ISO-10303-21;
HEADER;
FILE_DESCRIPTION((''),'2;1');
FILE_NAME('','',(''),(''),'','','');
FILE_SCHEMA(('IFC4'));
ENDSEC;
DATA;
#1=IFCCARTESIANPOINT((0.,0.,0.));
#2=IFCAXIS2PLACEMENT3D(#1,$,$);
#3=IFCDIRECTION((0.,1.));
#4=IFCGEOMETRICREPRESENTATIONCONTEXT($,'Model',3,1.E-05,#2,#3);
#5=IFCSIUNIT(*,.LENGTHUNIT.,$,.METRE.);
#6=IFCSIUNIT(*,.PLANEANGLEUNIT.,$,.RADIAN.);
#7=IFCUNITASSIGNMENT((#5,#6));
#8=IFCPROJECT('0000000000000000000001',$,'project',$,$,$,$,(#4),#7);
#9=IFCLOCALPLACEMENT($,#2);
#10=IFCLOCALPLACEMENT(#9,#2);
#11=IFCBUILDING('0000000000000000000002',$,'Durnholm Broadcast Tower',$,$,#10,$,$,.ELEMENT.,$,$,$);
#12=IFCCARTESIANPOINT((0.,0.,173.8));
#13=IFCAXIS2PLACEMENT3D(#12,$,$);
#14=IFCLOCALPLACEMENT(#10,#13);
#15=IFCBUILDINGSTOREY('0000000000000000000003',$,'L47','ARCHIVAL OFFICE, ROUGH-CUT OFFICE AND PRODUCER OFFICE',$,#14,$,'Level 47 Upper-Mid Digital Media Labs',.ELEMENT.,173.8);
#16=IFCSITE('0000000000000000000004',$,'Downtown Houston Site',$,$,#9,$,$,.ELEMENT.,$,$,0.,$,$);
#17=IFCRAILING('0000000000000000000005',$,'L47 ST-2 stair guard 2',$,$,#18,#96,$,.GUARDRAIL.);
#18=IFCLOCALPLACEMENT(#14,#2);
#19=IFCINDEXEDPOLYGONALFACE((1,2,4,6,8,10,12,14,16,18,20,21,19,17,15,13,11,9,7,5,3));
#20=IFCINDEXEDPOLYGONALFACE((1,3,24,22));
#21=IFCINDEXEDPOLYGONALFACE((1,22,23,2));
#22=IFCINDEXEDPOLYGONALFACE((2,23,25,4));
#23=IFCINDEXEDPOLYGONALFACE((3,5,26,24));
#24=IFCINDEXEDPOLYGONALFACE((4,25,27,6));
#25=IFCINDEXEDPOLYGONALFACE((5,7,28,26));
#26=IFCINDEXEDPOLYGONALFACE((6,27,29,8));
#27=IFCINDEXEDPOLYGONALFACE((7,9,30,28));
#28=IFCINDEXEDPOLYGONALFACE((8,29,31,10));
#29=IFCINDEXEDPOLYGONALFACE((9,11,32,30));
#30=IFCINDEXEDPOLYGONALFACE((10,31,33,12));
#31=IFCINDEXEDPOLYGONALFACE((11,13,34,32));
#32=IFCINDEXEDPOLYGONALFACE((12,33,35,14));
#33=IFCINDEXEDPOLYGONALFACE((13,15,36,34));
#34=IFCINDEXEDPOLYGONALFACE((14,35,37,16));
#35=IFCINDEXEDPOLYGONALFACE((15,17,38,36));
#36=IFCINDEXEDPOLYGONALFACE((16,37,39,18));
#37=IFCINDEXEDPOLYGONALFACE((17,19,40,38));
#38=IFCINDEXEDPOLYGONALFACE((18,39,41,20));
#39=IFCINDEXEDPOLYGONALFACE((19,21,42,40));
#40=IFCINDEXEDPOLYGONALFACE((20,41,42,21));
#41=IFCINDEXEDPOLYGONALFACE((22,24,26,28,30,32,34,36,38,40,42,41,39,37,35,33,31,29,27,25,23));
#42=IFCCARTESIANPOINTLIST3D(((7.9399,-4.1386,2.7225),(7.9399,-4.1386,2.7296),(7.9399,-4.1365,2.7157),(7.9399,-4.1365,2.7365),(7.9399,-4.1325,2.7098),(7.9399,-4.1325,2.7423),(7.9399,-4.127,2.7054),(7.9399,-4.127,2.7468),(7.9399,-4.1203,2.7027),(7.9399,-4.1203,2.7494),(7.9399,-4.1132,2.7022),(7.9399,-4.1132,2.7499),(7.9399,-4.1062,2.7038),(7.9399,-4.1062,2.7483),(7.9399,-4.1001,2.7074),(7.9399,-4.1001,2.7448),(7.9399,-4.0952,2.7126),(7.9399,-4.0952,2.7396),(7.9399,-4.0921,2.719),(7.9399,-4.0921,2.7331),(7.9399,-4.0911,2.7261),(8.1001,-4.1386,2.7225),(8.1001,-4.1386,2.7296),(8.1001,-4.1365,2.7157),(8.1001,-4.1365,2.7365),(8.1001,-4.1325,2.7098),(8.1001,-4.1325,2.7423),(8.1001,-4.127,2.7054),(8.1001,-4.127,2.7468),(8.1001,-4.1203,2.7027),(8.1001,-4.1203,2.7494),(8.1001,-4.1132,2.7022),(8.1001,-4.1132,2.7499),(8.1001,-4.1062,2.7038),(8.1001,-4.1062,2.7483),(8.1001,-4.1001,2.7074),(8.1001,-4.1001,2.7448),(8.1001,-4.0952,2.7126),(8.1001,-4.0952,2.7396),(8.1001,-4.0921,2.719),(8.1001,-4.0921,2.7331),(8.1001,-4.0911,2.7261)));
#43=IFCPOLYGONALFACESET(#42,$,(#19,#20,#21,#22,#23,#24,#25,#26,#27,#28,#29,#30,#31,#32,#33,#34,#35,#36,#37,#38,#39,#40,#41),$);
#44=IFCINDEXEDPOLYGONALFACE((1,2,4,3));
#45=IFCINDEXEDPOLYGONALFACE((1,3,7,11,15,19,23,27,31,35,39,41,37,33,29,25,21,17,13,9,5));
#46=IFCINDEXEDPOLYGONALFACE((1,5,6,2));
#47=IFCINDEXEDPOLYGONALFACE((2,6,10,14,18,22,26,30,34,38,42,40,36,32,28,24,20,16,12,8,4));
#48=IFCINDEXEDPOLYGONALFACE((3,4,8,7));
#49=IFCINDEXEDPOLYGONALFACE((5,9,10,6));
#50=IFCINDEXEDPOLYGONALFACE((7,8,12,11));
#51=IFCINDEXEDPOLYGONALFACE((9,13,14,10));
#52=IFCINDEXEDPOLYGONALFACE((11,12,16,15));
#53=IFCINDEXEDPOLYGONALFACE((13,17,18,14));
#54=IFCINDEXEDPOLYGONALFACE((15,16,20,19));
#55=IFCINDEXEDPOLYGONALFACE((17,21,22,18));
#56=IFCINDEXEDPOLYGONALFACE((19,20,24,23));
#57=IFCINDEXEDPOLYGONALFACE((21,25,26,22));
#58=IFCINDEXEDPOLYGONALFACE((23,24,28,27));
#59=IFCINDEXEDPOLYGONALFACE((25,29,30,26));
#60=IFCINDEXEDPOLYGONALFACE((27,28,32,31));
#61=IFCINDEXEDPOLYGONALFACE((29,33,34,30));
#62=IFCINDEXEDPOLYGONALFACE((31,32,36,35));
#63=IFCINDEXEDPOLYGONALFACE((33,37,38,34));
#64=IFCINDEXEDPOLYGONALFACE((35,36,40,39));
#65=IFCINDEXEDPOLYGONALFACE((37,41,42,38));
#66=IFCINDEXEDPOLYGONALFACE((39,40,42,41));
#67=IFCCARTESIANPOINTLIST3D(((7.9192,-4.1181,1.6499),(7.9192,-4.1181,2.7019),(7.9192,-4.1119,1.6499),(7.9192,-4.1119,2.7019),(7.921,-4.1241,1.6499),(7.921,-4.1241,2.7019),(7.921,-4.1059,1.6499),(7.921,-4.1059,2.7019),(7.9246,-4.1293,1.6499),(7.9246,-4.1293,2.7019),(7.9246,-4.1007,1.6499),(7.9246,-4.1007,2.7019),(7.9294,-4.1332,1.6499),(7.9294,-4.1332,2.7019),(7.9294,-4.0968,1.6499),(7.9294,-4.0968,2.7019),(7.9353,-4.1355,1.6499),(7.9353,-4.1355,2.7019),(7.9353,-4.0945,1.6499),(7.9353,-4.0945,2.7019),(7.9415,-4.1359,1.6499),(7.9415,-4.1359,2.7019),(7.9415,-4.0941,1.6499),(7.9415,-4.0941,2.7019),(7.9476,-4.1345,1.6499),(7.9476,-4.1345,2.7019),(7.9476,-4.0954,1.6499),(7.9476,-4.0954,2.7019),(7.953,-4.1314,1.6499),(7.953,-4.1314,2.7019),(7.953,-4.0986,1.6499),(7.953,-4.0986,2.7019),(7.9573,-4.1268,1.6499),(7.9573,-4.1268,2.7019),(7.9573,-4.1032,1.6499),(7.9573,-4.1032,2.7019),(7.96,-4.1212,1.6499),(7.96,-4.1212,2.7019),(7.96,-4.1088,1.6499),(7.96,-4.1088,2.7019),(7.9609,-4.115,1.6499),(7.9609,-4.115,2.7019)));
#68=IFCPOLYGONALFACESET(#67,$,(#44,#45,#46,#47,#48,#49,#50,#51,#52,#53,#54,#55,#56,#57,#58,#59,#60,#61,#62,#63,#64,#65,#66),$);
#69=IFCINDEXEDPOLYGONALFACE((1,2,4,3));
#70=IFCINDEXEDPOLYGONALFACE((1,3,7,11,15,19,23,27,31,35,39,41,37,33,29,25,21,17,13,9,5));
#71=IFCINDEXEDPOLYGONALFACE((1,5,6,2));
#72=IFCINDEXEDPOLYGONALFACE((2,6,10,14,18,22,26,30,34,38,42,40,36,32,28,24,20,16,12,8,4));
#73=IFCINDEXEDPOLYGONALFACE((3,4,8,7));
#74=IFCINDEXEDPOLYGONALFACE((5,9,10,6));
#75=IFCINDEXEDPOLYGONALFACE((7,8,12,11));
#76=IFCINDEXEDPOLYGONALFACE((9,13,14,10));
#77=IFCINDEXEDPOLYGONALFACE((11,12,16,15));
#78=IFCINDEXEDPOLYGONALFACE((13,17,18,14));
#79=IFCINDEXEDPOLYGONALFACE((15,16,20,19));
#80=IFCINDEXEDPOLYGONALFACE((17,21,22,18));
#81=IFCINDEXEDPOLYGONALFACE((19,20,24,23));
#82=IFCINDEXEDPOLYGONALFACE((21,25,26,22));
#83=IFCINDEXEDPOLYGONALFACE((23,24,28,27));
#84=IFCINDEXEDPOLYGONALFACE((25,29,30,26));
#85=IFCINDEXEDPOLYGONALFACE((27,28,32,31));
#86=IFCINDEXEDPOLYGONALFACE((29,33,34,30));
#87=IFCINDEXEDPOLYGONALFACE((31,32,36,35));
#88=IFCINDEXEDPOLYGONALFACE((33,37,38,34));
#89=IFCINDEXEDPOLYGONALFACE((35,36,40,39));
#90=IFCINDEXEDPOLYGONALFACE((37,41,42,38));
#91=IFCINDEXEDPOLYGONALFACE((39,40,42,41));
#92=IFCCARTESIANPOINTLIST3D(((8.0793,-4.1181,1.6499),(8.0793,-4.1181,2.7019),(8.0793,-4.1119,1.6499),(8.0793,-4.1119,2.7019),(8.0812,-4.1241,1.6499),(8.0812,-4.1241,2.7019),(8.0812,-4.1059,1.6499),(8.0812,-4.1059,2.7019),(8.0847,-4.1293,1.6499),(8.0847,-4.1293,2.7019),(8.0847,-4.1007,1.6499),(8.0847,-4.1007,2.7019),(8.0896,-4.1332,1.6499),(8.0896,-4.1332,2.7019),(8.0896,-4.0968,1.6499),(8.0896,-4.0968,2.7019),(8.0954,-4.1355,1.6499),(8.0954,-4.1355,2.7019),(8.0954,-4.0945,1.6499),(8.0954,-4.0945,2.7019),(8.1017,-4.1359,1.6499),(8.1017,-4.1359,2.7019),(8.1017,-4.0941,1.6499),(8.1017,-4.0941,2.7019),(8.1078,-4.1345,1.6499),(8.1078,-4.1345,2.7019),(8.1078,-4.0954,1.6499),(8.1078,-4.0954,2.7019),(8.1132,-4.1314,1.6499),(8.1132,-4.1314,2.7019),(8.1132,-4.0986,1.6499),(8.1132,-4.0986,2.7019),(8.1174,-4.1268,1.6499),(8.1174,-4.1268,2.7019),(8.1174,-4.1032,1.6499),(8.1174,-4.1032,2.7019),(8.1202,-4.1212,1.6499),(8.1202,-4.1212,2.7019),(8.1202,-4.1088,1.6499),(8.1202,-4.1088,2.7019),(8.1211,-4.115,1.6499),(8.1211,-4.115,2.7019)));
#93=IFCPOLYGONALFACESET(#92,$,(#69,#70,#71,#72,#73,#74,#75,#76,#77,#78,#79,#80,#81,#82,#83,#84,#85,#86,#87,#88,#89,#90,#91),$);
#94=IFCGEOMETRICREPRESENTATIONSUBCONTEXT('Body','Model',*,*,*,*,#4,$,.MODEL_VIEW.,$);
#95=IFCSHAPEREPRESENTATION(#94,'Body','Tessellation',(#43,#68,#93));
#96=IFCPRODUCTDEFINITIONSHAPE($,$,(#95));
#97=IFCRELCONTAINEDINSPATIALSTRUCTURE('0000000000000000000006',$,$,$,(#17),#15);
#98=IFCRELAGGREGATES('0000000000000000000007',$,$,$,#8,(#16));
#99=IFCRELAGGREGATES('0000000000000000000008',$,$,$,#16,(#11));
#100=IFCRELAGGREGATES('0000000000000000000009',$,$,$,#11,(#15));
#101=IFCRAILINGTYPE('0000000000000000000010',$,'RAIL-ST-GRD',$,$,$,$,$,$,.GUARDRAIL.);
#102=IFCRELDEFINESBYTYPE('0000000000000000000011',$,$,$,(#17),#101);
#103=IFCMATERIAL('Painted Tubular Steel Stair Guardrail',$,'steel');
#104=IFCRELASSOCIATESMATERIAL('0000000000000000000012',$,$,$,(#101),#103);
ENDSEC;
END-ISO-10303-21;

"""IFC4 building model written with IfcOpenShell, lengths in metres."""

from ifc_helpers import new_model, si_unit, direction, frame, origin, origin_2d, place, context, subcontext, project, spatial, circle, extrude, material, type_object, element, save


model = new_model("IFC4")

# Units and contexts
model_context = context("Model", 3, precision=1e-05, world=origin(), true_north=direction((0.0, 1.0)))
body_context = subcontext(model_context, "Body", "Model", "MODEL_VIEW")
ifc_project = project(units=[si_unit("LENGTHUNIT", "METRE"), si_unit("PLANEANGLEUNIT", "RADIAN")], contexts=[model_context])

# Site, building, storey
site_placement = place(None, origin())
site = spatial("IfcSite", under=ifc_project, at=site_placement, Name="Downtown Houston Site", CompositionType="ELEMENT", RefElevation=0.0)
building_placement = place(site_placement, origin())
building = spatial("IfcBuilding", under=site, at=building_placement, Name="Durnholm Broadcast Tower", CompositionType="ELEMENT")
storey_placement = place(building_placement, frame((0.0, 0.0, 173.8)))
storey = spatial("IfcBuildingStorey", under=building, at=storey_placement, Name="L47", Description="ARCHIVAL OFFICE, ROUGH-CUT OFFICE AND PRODUCER OFFICE", LongName="Level 47 Upper-Mid Digital Media Labs", CompositionType="ELEMENT", Elevation=173.8)

# Railing
ifc_material_1 = material(Name="Painted Tubular Steel Stair Guardrail", Category="steel")
railing_type_1 = type_object("IfcRailingType", Name="RAIL-ST-GRD", PredefinedType="GUARDRAIL", material=ifc_material_1)
railing_1_placement = place(storey_placement, frame((7.9399, -4.115, 1.6499)))
element("IfcRailing", 1, at=railing_1_placement, inside=storey, type_object=railing_type_1, Name="L47 ST-2 stair guard 2", PredefinedType="GUARDRAIL", context=body_context, shape_type="SweptSolid", body=[
    extrude(circle(Radius=0.0239, at=origin_2d()), frame((0.0, 0.0, 1.0762), z_axis=(1.0, 0.0, 0.0), x_axis=(0.0, 1.0, 0.0)), (0.0, 0.0, 1.0), 0.1602),
    extrude(circle(Radius=0.021, at=origin_2d()), origin(), (0.0, 0.0, 1.0), 1.052),
    extrude(circle(Radius=0.021, at=origin_2d()), frame((0.1602, 0.0, 0.0)), (0.0, 0.0, 1.0), 1.052),
])

save(model, "model.ifc")
